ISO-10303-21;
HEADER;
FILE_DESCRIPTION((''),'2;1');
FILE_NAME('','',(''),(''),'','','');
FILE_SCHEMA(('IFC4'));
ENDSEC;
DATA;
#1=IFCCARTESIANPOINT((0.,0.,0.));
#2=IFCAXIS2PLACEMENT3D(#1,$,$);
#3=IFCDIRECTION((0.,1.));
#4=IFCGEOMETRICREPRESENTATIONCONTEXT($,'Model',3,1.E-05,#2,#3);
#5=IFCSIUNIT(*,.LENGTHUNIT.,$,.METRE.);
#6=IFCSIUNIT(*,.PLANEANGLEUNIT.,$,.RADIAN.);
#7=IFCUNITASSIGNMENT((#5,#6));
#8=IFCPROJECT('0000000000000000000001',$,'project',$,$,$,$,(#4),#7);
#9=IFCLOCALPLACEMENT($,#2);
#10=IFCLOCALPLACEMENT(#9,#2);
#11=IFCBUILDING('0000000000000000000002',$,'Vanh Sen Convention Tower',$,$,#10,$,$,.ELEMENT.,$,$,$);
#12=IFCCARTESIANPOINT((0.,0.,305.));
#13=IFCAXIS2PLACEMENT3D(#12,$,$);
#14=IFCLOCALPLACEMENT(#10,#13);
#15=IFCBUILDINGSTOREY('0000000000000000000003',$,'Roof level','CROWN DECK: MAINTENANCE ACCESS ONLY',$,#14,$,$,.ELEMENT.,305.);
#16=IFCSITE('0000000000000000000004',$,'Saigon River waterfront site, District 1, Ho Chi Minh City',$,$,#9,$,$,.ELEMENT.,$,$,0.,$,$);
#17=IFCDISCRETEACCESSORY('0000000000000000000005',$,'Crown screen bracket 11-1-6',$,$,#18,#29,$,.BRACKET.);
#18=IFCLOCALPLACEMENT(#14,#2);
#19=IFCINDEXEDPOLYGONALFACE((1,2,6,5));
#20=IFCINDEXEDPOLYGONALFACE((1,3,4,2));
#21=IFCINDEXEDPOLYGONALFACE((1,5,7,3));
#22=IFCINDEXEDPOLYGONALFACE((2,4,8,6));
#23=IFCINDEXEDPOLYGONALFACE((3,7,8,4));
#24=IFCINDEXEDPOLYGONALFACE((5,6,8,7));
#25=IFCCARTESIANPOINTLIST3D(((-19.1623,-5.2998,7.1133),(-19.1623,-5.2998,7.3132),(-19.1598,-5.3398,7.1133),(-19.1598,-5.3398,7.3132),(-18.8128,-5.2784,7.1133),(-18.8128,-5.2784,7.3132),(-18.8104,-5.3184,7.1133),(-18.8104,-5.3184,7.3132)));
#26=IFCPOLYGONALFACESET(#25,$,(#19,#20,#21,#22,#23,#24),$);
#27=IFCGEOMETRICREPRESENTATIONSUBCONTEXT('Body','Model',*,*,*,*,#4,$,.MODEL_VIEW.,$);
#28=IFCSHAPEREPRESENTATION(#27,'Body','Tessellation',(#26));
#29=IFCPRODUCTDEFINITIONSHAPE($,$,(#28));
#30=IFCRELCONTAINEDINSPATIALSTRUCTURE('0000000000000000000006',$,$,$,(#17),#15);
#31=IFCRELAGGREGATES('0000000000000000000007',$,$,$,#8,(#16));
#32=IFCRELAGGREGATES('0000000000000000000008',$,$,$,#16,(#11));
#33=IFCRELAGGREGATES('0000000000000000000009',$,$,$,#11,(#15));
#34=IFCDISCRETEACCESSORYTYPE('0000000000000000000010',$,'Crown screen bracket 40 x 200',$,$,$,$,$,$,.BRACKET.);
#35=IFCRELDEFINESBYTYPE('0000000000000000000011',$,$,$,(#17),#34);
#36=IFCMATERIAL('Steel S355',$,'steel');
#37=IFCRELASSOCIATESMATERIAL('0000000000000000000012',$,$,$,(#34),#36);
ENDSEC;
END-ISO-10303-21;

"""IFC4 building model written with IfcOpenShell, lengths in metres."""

from ifc_helpers import new_model, si_unit, direction, frame, origin, origin_2d, place, context, subcontext, project, spatial, rectangle, extrude, material, type_object, element, save


model = new_model("IFC4")

# Units and contexts
model_context = context("Model", 3, precision=1e-05, world=origin(), true_north=direction((0.0, 1.0)))
body_context = subcontext(model_context, "Body", "Model", "MODEL_VIEW")
ifc_project = project(units=[si_unit("LENGTHUNIT", "METRE"), si_unit("PLANEANGLEUNIT", "RADIAN")], contexts=[model_context])

# Site, building, storey
site_placement = place(None, origin())
site = spatial("IfcSite", under=ifc_project, at=site_placement, Name="Saigon River waterfront site, District 1, Ho Chi Minh City", CompositionType="ELEMENT", RefElevation=0.0)
building_placement = place(site_placement, origin())
building = spatial("IfcBuilding", under=site, at=building_placement, Name="Vanh Sen Convention Tower", CompositionType="ELEMENT")
storey_placement = place(building_placement, frame((0.0, 0.0, 305.0)))
storey = spatial("IfcBuildingStorey", under=building, at=storey_placement, Name="Roof level", Description="CROWN DECK: MAINTENANCE ACCESS ONLY", CompositionType="ELEMENT", Elevation=305.0)

# Discrete accessory
ifc_material_1 = material(Name="Steel S355", Category="steel")
discrete_accessory_type_1 = type_object("IfcDiscreteAccessoryType", Name="Crown screen bracket 40 x 200", PredefinedType="BRACKET", material=ifc_material_1)
discrete_accessory_1_placement = place(storey_placement, frame((-18.9863, -5.3091, 7.1133), z_axis=(0.0, 0.0, 1.0), x_axis=(-0.998135, -0.061052, 0.0)))
element("IfcDiscreteAccessory", 1, at=discrete_accessory_1_placement, inside=storey, type_object=discrete_accessory_type_1, Name="Crown screen bracket 11-1-6", PredefinedType="BRACKET", context=body_context, shape_type="SweptSolid", body=[
    extrude(rectangle(XDim=0.3501, YDim=0.04, at=origin_2d()), origin(), (0.0, 0.0, 1.0), 0.2),
])

save(model, "model.ifc")
